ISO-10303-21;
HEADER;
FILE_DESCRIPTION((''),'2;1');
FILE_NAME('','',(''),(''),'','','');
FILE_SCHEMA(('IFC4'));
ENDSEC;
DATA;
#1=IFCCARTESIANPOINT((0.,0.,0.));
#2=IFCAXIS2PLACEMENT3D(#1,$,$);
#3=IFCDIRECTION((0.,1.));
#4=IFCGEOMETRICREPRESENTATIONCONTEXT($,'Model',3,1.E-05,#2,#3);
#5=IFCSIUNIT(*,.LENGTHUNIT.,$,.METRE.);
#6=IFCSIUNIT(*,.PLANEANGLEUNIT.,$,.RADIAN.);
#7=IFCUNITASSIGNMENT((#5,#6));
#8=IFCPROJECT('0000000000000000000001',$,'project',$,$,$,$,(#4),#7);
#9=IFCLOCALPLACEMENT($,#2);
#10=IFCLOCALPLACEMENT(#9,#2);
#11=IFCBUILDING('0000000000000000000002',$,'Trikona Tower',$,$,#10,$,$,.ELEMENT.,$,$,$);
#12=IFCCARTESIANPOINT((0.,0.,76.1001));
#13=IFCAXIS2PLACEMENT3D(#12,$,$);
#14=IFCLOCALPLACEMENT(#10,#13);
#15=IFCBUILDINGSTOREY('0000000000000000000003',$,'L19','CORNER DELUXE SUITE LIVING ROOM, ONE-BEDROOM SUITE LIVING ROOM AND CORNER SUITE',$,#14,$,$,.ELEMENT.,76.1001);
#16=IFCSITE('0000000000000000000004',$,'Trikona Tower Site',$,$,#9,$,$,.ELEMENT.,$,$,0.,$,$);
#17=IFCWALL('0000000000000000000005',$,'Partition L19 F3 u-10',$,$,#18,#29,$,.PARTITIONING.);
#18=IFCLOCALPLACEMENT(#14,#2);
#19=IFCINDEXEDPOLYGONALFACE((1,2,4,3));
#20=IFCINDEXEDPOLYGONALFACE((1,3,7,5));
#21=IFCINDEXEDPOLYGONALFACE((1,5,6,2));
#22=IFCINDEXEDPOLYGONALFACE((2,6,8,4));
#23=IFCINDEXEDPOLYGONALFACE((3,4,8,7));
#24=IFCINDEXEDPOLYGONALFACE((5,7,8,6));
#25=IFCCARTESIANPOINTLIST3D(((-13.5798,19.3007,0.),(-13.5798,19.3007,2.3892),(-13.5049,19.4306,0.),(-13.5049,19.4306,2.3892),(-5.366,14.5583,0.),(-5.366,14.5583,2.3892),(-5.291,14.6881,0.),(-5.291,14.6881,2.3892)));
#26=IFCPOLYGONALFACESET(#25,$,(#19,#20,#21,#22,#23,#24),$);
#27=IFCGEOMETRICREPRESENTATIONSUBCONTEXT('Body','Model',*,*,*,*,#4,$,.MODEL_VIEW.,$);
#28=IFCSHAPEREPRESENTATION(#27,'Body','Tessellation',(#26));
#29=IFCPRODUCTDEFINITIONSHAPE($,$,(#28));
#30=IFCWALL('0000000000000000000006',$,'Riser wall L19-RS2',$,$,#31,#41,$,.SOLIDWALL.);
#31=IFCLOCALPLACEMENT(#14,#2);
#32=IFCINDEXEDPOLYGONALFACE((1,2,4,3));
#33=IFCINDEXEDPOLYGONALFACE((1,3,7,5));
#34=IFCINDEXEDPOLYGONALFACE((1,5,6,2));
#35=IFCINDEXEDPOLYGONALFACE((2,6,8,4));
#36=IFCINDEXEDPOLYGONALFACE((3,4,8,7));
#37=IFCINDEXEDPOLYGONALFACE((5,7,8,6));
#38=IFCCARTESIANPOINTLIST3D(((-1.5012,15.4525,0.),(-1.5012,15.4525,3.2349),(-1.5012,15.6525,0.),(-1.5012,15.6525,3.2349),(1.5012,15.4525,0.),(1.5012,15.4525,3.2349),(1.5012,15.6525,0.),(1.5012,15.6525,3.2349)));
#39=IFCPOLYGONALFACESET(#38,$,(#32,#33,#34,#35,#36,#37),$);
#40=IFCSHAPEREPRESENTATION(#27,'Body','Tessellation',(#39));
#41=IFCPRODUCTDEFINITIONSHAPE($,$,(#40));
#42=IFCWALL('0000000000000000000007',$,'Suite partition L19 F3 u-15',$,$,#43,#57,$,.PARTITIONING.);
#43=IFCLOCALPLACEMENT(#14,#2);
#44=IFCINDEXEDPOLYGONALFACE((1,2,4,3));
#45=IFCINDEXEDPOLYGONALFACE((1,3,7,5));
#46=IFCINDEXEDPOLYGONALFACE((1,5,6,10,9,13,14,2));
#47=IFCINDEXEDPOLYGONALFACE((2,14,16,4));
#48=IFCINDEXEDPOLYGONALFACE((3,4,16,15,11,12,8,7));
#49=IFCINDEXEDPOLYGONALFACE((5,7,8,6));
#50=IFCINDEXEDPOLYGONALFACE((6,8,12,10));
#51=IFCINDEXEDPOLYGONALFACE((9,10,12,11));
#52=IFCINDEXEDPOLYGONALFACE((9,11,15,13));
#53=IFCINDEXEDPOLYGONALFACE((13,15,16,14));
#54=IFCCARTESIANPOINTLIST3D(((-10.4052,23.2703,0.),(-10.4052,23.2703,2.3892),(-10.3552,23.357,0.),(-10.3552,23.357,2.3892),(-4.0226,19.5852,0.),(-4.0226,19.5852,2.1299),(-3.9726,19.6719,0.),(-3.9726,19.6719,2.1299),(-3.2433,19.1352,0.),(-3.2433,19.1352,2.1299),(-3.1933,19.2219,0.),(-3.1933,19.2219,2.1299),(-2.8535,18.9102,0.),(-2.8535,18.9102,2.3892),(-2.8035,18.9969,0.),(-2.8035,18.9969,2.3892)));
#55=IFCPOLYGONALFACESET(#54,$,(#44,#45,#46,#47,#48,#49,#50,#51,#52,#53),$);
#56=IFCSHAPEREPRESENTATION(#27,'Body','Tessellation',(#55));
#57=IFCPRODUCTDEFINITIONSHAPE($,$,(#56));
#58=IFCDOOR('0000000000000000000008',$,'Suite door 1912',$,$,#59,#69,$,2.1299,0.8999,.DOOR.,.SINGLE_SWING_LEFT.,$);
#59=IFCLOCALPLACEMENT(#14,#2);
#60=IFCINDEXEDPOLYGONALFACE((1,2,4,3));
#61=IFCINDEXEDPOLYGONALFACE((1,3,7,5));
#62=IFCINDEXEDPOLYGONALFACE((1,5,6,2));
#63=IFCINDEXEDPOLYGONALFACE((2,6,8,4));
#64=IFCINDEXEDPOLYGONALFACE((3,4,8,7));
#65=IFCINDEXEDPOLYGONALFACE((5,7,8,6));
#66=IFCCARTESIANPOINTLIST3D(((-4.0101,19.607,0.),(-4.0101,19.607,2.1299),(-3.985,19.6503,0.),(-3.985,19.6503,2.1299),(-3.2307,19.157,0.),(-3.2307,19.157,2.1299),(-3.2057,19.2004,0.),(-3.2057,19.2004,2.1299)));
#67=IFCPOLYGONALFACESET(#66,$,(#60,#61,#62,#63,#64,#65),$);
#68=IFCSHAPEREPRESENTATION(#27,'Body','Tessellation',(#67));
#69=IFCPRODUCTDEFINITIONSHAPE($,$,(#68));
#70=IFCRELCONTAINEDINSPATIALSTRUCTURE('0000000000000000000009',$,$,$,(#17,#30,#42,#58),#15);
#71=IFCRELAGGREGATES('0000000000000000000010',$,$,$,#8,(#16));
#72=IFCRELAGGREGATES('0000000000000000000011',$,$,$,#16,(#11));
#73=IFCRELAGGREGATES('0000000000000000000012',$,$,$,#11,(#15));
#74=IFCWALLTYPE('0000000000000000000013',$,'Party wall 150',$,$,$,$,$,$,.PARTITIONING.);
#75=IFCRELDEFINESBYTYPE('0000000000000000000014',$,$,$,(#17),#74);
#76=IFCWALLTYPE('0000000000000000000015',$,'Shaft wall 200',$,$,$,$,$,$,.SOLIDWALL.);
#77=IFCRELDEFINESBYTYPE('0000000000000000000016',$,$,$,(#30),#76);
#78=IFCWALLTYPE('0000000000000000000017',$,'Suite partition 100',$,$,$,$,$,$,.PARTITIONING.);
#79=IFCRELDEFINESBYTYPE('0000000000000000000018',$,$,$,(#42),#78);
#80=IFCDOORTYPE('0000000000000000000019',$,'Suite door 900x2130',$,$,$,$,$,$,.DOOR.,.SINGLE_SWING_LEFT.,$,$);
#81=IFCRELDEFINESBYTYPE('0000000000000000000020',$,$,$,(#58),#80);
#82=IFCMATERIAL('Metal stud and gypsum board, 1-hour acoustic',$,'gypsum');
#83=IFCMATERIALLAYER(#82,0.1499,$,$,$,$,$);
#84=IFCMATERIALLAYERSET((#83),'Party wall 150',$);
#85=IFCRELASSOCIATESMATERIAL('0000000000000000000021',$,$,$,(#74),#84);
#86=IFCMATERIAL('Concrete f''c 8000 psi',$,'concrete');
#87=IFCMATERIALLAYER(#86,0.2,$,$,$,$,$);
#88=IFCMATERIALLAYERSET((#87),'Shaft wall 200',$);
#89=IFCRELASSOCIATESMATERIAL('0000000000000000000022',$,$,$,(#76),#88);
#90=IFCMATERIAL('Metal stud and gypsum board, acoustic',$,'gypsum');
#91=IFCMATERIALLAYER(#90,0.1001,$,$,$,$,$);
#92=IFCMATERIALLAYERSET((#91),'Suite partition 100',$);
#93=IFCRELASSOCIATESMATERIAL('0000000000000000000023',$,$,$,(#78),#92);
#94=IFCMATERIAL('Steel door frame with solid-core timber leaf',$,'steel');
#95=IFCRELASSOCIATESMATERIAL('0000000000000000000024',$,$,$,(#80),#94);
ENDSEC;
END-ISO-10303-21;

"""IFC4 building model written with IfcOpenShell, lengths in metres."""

from ifc_helpers import new_model, si_unit, direction, frame, frame_2d, origin, place, context, subcontext, project, spatial, rectangle, extrude, material, layer, layer_set, type_object, element, fill, save


model = new_model("IFC4")

# Units and contexts
model_context = context("Model", 3, precision=1e-05, world=origin(), true_north=direction((0.0, 1.0)))
body_context = subcontext(model_context, "Body", "Model", "MODEL_VIEW")
ifc_project = project(units=[si_unit("LENGTHUNIT", "METRE"), si_unit("PLANEANGLEUNIT", "RADIAN")], contexts=[model_context])

# Site, building, storey
site_placement = place(None, origin())
site = spatial("IfcSite", under=ifc_project, at=site_placement, Name="Trikona Tower Site", CompositionType="ELEMENT", RefElevation=0.0)
building_placement = place(site_placement, origin())
building = spatial("IfcBuilding", under=site, at=building_placement, Name="Trikona Tower", CompositionType="ELEMENT")
storey_placement = place(building_placement, frame((0.0, 0.0, 76.1001)))
storey = spatial("IfcBuildingStorey", under=building, at=storey_placement, Name="L19", Description="CORNER DELUXE SUITE LIVING ROOM, ONE-BEDROOM SUITE LIVING ROOM AND CORNER SUITE", CompositionType="ELEMENT", Elevation=76.1001)

# Walls
ifc_material_1 = material(Name="Metal stud and gypsum board, 1-hour acoustic", Category="gypsum")
ifc_layer_1 = layer(ifc_material_1, 0.1499)
ifc_layer_set_1 = layer_set([ifc_layer_1], Name="Party wall 150")
wall_type_1 = type_object("IfcWallType", Name="Party wall 150", PredefinedType="PARTITIONING", material=ifc_layer_set_1)
wall_1_placement = place(storey_placement, frame((-5.3286, 14.6233, 0.0), z_axis=(0.0, 0.0, 1.0), x_axis=(-0.866018, 0.500012, 0.0)))
element("IfcWall", 1, at=wall_1_placement, inside=storey, type_object=wall_type_1, Name="Partition L19 F3 u-10", PredefinedType="PARTITIONING", context=body_context, shape_type="SweptSolid", body=[
    extrude(rectangle(XDim=9.4846, YDim=0.1499, at=frame_2d((4.7422, 0.0))), origin(), (0.0, 0.0, 1.0), 2.3892),
])
ifc_material_2 = material(Name="Concrete f'c 8000 psi", Category="concrete")
ifc_layer_2 = layer(ifc_material_2, 0.2)
ifc_layer_set_2 = layer_set([ifc_layer_2], Name="Shaft wall 200")
wall_type_2 = type_object("IfcWallType", Name="Shaft wall 200", PredefinedType="SOLIDWALL", material=ifc_layer_set_2)
wall_2_placement = place(storey_placement, frame((-1.5012, 15.5525, 0.0), z_axis=(0.0, 0.0, 1.0), x_axis=(1.0, 0.0, 0.0)))
element("IfcWall", 2, at=wall_2_placement, inside=storey, type_object=wall_type_2, Name="Riser wall L19-RS2", PredefinedType="SOLIDWALL", context=body_context, shape_type="SweptSolid", body=[
    extrude(rectangle(XDim=3.0024, YDim=0.2, at=frame_2d((1.5012, 0.0))), origin(), (0.0, 0.0, 1.0), 3.2349),
])

# Wall, opening, door
ifc_material_3 = material(Name="Metal stud and gypsum board, acoustic", Category="gypsum")
ifc_layer_3 = layer(ifc_material_3, 0.1001)
ifc_layer_set_3 = layer_set([ifc_layer_3], Name="Suite partition 100")
wall_type_3 = type_object("IfcWallType", Name="Suite partition 100", PredefinedType="PARTITIONING", material=ifc_layer_set_3)
wall_3_placement = place(storey_placement, frame((-2.8286, 18.9536, 0.0), z_axis=(0.0, 0.0, 1.0), x_axis=(-0.866021, 0.500008, 0.0)))
wall_3 = element("IfcWall", 3, at=wall_3_placement, inside=storey, type_object=wall_type_3, Name="Suite partition L19 F3 u-15", PredefinedType="PARTITIONING", context=body_context, shape_type="SweptSolid", body=[
    extrude(rectangle(XDim=8.72, YDim=0.1001, at=frame_2d((4.3599, 0.0))), origin(), (0.0, 0.0, 1.0), 2.3892),
])
opening_1_placement = place(wall_3_placement, frame((0.45, 0.0, 0.0)))
opening_1 = element("IfcOpeningElement", 4, at=opening_1_placement, cuts=wall_3, PredefinedType="OPENING", context=body_context, shape_type="SweptSolid", body=[
    extrude(rectangle(XDim=0.8999, YDim=2.1299, at=frame_2d((0.45, 1.0649))), frame((0.0, 0.0601, 0.0), z_axis=(0.0, -1.0, 0.0), x_axis=(1.0, 0.0, 0.0)), (0.0, 0.0, 1.0), 0.1201),
])
ifc_material_4 = material(Name="Steel door frame with solid-core timber leaf", Category="steel")
door_type_1 = type_object("IfcDoorType", Name="Suite door 900x2130", OperationType="SINGLE_SWING_LEFT", PredefinedType="DOOR", material=ifc_material_4)
door_1_placement = place(opening_1_placement, origin())
door_1 = element("IfcDoor", 5, at=door_1_placement, inside=storey, type_object=door_type_1, Name="Suite door 1912", OperationType="SINGLE_SWING_LEFT", OverallHeight=2.1299, OverallWidth=0.8999, PredefinedType="DOOR", context=body_context, shape_type="SweptSolid", body=[
    extrude(rectangle(XDim=0.8999, YDim=2.1299, at=frame_2d((0.45, 1.0649))), frame((0.0, 0.0249, 0.0), z_axis=(0.0, -1.0, 0.0), x_axis=(1.0, 0.0, 0.0)), (0.0, 0.0, 1.0), 0.05),
])
fill(opening_1, door_1)

save(model, "model.ifc")
